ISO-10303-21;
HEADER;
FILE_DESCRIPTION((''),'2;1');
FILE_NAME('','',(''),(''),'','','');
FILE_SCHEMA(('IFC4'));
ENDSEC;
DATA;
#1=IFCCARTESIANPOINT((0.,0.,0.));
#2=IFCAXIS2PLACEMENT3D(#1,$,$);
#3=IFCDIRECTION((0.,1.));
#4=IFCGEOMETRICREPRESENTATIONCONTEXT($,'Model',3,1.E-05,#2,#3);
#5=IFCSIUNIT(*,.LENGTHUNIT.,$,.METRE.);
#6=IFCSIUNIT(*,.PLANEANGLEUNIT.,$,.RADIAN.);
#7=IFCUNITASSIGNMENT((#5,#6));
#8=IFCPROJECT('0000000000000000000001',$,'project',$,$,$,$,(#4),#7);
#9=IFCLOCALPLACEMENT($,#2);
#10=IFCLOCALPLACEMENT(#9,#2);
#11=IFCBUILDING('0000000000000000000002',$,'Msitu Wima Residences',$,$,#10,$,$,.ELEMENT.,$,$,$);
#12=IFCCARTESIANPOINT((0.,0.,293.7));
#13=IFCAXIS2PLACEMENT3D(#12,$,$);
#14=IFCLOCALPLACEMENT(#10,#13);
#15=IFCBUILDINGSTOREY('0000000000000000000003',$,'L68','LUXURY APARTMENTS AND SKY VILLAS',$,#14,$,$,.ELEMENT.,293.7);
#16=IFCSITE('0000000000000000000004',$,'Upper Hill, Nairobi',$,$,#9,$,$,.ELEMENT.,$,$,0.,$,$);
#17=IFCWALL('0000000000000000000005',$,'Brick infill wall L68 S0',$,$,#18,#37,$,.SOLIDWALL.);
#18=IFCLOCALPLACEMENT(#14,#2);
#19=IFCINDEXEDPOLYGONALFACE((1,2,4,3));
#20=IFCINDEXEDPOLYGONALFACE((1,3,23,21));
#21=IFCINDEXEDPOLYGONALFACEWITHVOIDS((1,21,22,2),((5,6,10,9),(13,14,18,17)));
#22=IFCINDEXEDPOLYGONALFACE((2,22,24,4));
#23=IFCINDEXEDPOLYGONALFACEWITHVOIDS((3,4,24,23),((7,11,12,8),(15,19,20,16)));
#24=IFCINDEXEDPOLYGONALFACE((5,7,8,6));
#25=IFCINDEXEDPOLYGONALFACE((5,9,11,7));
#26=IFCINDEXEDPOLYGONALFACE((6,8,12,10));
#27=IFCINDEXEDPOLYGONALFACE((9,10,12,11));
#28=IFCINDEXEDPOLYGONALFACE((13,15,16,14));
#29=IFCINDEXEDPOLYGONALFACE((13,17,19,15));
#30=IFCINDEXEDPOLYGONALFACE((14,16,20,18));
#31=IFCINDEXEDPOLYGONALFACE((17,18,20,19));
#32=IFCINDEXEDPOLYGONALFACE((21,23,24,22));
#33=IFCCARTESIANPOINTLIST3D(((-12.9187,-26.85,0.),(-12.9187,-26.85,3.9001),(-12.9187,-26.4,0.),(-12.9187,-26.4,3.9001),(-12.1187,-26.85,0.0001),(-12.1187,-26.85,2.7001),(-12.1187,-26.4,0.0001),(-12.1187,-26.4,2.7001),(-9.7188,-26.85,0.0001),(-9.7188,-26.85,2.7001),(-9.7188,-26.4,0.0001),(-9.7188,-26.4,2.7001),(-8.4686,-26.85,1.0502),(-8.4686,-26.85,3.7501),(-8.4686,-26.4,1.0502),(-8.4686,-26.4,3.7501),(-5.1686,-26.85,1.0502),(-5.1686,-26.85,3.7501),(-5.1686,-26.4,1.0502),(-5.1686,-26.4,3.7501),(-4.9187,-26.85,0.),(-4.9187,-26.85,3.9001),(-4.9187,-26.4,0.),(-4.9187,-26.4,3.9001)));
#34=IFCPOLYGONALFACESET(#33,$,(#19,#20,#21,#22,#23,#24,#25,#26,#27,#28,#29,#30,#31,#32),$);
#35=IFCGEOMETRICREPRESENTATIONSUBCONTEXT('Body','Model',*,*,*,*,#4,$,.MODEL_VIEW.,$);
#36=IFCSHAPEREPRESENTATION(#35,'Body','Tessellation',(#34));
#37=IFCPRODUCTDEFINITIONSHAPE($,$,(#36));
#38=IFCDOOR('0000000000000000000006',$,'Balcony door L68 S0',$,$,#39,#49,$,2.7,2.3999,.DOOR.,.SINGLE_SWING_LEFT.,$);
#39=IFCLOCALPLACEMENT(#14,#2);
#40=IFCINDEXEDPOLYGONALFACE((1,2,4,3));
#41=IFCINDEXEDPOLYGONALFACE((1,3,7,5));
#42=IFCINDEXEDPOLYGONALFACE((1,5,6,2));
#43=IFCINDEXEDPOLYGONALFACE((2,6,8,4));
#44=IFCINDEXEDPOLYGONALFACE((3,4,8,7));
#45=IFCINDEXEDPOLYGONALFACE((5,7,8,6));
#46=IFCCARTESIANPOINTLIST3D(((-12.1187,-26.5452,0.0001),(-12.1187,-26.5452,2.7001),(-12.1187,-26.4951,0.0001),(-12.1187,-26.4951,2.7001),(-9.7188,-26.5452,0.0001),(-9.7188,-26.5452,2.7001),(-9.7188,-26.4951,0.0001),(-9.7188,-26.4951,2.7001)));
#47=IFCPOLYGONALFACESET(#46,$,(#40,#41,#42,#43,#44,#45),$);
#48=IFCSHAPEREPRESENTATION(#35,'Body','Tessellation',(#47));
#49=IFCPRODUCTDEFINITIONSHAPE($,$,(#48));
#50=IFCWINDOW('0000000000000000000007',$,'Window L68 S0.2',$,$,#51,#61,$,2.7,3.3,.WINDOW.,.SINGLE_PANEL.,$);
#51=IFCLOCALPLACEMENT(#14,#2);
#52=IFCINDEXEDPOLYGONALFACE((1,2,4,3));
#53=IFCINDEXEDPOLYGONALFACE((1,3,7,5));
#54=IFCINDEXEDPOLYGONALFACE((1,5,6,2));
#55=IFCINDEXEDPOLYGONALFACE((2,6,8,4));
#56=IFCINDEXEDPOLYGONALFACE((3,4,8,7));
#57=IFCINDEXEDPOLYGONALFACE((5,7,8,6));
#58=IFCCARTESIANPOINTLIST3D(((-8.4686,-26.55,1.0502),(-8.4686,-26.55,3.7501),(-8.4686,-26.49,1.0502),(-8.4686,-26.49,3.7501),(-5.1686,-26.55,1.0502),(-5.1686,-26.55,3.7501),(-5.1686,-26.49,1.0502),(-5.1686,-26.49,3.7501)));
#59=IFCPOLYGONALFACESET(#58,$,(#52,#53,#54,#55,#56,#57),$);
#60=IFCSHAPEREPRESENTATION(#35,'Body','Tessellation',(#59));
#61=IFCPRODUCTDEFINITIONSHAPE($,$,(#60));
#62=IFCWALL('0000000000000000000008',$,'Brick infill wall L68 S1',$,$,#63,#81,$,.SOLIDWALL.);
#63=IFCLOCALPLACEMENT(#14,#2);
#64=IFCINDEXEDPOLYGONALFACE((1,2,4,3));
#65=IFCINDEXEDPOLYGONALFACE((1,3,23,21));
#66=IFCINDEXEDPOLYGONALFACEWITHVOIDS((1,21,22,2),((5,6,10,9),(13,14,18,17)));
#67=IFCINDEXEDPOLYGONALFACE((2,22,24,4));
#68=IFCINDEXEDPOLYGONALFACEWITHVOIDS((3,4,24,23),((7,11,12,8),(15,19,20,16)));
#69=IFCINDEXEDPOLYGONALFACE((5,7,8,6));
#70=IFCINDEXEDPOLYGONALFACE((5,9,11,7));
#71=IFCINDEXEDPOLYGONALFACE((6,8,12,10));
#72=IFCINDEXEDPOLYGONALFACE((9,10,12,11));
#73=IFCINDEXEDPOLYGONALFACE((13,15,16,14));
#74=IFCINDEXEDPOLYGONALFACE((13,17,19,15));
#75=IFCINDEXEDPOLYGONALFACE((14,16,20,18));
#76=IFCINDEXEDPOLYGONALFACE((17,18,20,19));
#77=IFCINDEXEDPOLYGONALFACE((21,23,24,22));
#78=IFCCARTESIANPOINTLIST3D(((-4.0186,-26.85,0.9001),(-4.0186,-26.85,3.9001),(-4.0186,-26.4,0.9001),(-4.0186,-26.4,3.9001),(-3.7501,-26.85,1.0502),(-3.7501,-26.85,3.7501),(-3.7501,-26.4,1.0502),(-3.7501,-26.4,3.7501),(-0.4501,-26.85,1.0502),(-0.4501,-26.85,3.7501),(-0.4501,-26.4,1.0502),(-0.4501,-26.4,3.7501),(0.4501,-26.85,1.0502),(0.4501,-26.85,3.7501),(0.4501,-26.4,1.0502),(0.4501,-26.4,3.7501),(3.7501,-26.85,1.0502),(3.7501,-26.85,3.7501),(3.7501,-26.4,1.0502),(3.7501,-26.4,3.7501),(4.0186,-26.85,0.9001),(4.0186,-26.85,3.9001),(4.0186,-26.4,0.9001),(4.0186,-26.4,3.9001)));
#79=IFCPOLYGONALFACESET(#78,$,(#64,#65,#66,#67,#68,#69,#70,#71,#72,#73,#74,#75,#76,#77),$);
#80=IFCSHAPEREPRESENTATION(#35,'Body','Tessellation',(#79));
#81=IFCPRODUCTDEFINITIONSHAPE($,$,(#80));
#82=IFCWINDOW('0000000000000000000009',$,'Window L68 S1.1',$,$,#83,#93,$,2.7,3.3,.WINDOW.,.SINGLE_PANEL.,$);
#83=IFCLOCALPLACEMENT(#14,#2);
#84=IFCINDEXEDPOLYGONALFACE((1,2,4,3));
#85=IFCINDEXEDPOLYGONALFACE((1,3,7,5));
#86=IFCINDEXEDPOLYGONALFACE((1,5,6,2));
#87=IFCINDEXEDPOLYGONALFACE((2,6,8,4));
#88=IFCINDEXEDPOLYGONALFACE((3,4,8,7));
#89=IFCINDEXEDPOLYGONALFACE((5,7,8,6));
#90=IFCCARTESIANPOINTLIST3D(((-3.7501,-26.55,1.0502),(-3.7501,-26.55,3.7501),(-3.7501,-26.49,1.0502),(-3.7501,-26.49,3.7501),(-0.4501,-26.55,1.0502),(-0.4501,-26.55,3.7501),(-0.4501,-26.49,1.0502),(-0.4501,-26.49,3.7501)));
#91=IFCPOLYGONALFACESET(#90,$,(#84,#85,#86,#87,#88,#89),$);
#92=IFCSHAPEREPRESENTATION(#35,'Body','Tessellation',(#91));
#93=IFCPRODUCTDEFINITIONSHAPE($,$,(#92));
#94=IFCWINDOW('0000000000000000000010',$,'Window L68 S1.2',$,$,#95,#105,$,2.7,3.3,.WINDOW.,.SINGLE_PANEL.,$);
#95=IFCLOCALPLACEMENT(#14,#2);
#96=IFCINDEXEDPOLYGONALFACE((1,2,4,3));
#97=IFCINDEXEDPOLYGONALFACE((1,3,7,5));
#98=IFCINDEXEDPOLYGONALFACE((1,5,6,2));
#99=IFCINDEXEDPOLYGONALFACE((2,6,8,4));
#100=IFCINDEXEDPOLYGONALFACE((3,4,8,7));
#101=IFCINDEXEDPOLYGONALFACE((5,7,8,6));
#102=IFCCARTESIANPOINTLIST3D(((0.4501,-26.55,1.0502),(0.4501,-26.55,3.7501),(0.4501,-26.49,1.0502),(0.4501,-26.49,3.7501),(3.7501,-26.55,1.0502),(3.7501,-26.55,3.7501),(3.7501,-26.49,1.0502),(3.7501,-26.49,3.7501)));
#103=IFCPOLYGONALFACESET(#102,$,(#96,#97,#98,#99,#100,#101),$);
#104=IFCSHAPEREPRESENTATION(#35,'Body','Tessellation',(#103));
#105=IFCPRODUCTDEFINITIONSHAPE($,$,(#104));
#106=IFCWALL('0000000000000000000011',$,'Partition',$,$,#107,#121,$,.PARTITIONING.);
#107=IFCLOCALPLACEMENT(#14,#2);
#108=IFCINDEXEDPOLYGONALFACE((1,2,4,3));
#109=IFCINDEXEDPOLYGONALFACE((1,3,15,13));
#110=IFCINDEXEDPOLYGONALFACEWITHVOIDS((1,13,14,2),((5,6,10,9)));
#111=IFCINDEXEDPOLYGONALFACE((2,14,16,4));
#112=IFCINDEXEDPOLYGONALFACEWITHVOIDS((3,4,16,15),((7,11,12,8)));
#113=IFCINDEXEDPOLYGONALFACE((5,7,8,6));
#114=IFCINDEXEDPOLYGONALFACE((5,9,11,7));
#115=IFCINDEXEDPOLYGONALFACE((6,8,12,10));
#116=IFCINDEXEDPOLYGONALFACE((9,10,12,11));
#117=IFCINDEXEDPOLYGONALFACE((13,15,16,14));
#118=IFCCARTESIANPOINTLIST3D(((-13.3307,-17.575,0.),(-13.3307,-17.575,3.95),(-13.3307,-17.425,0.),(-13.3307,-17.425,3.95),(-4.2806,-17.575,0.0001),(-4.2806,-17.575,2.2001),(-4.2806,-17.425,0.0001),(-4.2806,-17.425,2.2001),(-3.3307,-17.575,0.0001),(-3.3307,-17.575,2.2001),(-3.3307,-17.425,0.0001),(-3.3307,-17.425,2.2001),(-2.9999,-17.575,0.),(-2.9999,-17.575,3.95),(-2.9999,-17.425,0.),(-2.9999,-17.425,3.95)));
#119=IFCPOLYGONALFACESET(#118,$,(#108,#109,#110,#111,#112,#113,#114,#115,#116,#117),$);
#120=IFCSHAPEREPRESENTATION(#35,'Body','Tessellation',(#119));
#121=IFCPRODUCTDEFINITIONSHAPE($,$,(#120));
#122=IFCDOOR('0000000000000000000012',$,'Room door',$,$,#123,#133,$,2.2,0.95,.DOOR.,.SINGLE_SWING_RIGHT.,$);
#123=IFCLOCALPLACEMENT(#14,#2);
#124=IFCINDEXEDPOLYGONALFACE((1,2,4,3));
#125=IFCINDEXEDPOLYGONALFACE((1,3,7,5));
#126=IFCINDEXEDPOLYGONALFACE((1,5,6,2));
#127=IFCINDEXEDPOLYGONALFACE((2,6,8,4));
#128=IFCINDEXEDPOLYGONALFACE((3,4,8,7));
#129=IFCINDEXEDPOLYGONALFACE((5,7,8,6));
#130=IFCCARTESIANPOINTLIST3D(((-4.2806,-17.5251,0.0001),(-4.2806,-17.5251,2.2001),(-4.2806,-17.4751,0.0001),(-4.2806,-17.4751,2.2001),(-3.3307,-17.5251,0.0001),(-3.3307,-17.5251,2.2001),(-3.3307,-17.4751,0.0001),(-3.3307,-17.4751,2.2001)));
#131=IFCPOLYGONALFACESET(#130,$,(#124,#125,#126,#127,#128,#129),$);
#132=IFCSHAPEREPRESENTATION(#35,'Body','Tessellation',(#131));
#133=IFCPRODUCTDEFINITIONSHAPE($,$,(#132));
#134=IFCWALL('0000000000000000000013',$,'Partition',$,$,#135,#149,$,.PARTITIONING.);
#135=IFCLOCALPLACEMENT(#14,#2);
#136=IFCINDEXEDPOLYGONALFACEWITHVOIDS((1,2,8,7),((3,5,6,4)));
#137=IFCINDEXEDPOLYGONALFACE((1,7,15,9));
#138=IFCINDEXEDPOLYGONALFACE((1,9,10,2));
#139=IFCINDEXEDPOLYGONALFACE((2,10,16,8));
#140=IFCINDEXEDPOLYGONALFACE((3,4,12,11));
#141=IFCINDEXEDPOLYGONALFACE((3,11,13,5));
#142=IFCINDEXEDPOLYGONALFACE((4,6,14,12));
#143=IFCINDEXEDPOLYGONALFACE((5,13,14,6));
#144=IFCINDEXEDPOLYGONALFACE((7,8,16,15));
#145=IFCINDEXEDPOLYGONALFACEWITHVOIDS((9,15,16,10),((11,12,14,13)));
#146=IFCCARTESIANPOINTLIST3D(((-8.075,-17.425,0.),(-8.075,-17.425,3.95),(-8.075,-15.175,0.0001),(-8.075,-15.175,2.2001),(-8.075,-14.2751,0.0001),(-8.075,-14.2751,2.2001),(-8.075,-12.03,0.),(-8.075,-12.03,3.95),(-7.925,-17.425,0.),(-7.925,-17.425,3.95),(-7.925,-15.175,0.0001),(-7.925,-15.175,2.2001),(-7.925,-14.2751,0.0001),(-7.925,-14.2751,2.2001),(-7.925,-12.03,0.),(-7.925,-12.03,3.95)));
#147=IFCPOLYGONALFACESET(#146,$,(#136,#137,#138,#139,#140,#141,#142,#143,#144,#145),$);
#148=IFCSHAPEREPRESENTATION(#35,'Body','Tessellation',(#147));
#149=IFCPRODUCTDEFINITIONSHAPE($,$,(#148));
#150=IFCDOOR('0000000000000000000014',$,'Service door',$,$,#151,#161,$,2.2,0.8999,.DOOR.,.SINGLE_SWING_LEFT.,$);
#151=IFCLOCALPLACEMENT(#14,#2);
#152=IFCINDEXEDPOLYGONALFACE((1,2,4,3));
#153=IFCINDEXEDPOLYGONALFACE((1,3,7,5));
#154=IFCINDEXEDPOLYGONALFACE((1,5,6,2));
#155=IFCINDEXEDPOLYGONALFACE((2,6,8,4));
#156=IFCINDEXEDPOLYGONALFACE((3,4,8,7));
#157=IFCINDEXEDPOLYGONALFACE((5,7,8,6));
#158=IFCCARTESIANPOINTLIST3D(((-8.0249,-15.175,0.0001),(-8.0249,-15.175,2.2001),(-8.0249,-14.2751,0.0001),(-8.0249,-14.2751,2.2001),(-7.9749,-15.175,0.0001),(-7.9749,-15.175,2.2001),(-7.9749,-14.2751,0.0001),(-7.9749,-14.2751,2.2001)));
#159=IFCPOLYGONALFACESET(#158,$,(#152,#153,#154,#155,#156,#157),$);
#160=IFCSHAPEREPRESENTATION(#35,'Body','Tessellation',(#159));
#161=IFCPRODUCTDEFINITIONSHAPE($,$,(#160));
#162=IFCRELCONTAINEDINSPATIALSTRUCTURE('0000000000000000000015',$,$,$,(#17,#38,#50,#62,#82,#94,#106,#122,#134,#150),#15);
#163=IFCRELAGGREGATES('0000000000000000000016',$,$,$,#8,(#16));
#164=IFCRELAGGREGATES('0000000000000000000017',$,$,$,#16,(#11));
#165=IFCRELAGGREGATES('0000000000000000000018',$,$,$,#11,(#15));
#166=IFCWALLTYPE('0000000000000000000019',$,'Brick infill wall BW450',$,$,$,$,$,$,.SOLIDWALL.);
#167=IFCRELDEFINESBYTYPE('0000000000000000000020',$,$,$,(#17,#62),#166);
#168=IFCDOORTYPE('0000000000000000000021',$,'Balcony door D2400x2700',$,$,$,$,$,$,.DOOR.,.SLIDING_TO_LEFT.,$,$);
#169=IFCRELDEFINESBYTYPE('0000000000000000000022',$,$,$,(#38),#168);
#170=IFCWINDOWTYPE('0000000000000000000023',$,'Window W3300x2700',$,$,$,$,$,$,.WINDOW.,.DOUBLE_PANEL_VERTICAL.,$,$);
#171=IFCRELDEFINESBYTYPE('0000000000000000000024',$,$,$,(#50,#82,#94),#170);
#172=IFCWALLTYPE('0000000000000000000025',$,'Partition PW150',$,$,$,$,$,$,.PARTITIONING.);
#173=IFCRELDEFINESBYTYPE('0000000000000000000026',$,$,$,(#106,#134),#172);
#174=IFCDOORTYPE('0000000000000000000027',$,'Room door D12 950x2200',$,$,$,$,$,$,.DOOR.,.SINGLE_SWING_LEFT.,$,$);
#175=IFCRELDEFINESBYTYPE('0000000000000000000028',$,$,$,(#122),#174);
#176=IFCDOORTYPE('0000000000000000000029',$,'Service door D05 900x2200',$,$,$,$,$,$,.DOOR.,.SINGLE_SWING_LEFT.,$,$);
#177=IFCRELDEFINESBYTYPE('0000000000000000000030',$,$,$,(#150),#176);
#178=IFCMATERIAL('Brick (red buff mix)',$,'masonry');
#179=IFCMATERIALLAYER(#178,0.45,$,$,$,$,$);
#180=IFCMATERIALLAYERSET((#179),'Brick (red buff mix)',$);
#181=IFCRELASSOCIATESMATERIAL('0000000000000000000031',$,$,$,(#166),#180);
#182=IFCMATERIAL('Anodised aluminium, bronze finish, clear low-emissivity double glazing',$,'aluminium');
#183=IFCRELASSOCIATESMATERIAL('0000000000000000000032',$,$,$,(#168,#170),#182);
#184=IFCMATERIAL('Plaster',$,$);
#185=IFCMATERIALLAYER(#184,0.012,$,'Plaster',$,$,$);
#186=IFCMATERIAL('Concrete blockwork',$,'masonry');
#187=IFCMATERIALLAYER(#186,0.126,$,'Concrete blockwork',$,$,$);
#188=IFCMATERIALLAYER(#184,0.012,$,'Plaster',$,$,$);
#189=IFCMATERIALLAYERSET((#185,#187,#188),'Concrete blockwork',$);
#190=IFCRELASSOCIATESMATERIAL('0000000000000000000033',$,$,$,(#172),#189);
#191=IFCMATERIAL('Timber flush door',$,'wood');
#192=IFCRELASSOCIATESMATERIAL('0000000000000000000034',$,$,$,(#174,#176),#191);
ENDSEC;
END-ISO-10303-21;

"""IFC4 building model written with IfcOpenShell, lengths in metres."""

from ifc_helpers import new_model, si_unit, direction, frame, frame_2d, origin, place, context, subcontext, project, spatial, rectangle, extrude, material, layer, layer_set, type_object, element, fill, save


model = new_model("IFC4")

# Units and contexts
model_context = context("Model", 3, precision=1e-05, world=origin(), true_north=direction((0.0, 1.0)))
body_context = subcontext(model_context, "Body", "Model", "MODEL_VIEW")
ifc_project = project(units=[si_unit("LENGTHUNIT", "METRE"), si_unit("PLANEANGLEUNIT", "RADIAN")], contexts=[model_context])

# Site, building, storey
site_placement = place(None, origin())
site = spatial("IfcSite", under=ifc_project, at=site_placement, Name="Upper Hill, Nairobi", CompositionType="ELEMENT", RefElevation=0.0)
building_placement = place(site_placement, origin())
building = spatial("IfcBuilding", under=site, at=building_placement, Name="Msitu Wima Residences", CompositionType="ELEMENT")
storey_placement = place(building_placement, frame((0.0, 0.0, 293.7)))
storey = spatial("IfcBuildingStorey", under=building, at=storey_placement, Name="L68", Description="LUXURY APARTMENTS AND SKY VILLAS", CompositionType="ELEMENT", Elevation=293.7)

# Wall, openings, door, window
ifc_material_1 = material(Name="Brick (red buff mix)", Category="masonry")
ifc_layer_1 = layer(ifc_material_1, 0.45)
ifc_layer_set_1 = layer_set([ifc_layer_1], Name="Brick (red buff mix)")
wall_type_1 = type_object("IfcWallType", Name="Brick infill wall BW450", PredefinedType="SOLIDWALL", material=ifc_layer_set_1)
wall_1_placement = place(storey_placement, frame((-12.9187, -26.625, 0.0), z_axis=(0.0, 0.0, 1.0), x_axis=(1.0, 0.0, 0.0)))
wall_1 = element("IfcWall", 1, at=wall_1_placement, inside=storey, type_object=wall_type_1, Name="Brick infill wall L68 S0", PredefinedType="SOLIDWALL", context=body_context, shape_type="SweptSolid", body=[
    extrude(rectangle(XDim=8.0, YDim=0.45, at=frame_2d((4.0, 0.0))), origin(), (0.0, 0.0, 1.0), 3.9001),
])
opening_1_placement = place(wall_1_placement, frame((0.8, 0.0, 0.0)))
opening_1 = element("IfcOpeningElement", 2, at=opening_1_placement, cuts=wall_1, PredefinedType="OPENING", context=body_context, shape_type="SweptSolid", body=[
    extrude(rectangle(XDim=2.3999, YDim=2.7, at=frame_2d((1.2, 1.3501))), frame((0.0, 0.2349, 0.0), z_axis=(0.0, -1.0, 0.0), x_axis=(1.0, 0.0, 0.0)), (0.0, 0.0, 1.0), 0.47),
])
opening_2_placement = place(wall_1_placement, frame((4.4502, 0.0, 1.05)))
opening_2 = element("IfcOpeningElement", 3, at=opening_2_placement, cuts=wall_1, PredefinedType="OPENING", context=body_context, shape_type="SweptSolid", body=[
    extrude(rectangle(XDim=3.3, YDim=2.7, at=frame_2d((1.6499, 1.3501))), frame((0.0, 0.2349, 0.0), z_axis=(0.0, -1.0, 0.0), x_axis=(1.0, 0.0, 0.0)), (0.0, 0.0, 1.0), 0.47),
])
ifc_material_2 = material(Name="Anodised aluminium, bronze finish, clear low-emissivity double glazing", Category="aluminium")
door_type_1 = type_object("IfcDoorType", Name="Balcony door D2400x2700", OperationType="SLIDING_TO_LEFT", PredefinedType="DOOR", material=ifc_material_2)
door_1_placement = place(opening_1_placement, origin())
door_1 = element("IfcDoor", 4, at=door_1_placement, inside=storey, type_object=door_type_1, Name="Balcony door L68 S0", OperationType="SINGLE_SWING_LEFT", OverallHeight=2.7, OverallWidth=2.3999, PredefinedType="DOOR", context=body_context, shape_type="SweptSolid", body=[
    extrude(rectangle(XDim=2.3999, YDim=2.7, at=frame_2d((1.2, 1.3501))), frame((0.0, 0.1299, 0.0), z_axis=(0.0, -1.0, 0.0), x_axis=(1.0, 0.0, 0.0)), (0.0, 0.0, 1.0), 0.05),
])
fill(opening_1, door_1)
window_type = type_object("IfcWindowType", Name="Window W3300x2700", PartitioningType="DOUBLE_PANEL_VERTICAL", PredefinedType="WINDOW", material=ifc_material_2)
window_1_placement = place(opening_2_placement, origin())
window_1 = element("IfcWindow", 5, at=window_1_placement, inside=storey, type_object=window_type, Name="Window L68 S0.2", OverallHeight=2.7, OverallWidth=3.3, PartitioningType="SINGLE_PANEL", PredefinedType="WINDOW", context=body_context, shape_type="SweptSolid", body=[
    extrude(rectangle(XDim=3.3, YDim=2.7, at=frame_2d((1.6499, 1.3501))), frame((0.0, 0.135, 0.0), z_axis=(0.0, -1.0, 0.0), x_axis=(1.0, 0.0, 0.0)), (0.0, 0.0, 1.0), 0.0601),
])
fill(opening_2, window_1)

# Wall, openings, windows
wall_2_placement = place(storey_placement, frame((-4.0186, -26.625, 0.9001), z_axis=(0.0, 0.0, 1.0), x_axis=(1.0, 0.0, 0.0)))
wall_2 = element("IfcWall", 6, at=wall_2_placement, inside=storey, type_object=wall_type_1, Name="Brick infill wall L68 S1", PredefinedType="SOLIDWALL", context=body_context, shape_type="SweptSolid", body=[
    extrude(rectangle(XDim=8.0371, YDim=0.45, at=frame_2d((4.0186, 0.0))), origin(), (0.0, 0.0, 1.0), 3.0),
])
opening_3_placement = place(wall_2_placement, frame((0.2686, 0.0, 0.1499)))
opening_3 = element("IfcOpeningElement", 7, at=opening_3_placement, cuts=wall_2, PredefinedType="OPENING", context=body_context, shape_type="SweptSolid", body=[
    extrude(rectangle(XDim=3.3, YDim=2.7, at=frame_2d((1.6499, 1.3501))), frame((0.0, 0.2349, 0.0), z_axis=(0.0, -1.0, 0.0), x_axis=(1.0, 0.0, 0.0)), (0.0, 0.0, 1.0), 0.47),
])
opening_4_placement = place(wall_2_placement, frame((4.4688, 0.0, 0.1499)))
opening_4 = element("IfcOpeningElement", 8, at=opening_4_placement, cuts=wall_2, PredefinedType="OPENING", context=body_context, shape_type="SweptSolid", body=[
    extrude(rectangle(XDim=3.3, YDim=2.7, at=frame_2d((1.6499, 1.3501))), frame((0.0, 0.2349, 0.0), z_axis=(0.0, -1.0, 0.0), x_axis=(1.0, 0.0, 0.0)), (0.0, 0.0, 1.0), 0.47),
])
window_2_placement = place(opening_3_placement, origin())
window_2 = element("IfcWindow", 9, at=window_2_placement, inside=storey, type_object=window_type, Name="Window L68 S1.1", OverallHeight=2.7, OverallWidth=3.3, PartitioningType="SINGLE_PANEL", PredefinedType="WINDOW", context=body_context, shape_type="SweptSolid", body=[
    extrude(rectangle(XDim=3.3, YDim=2.7, at=frame_2d((1.6499, 1.3501))), frame((0.0, 0.135, 0.0), z_axis=(0.0, -1.0, 0.0), x_axis=(1.0, 0.0, 0.0)), (0.0, 0.0, 1.0), 0.0601),
])
fill(opening_3, window_2)
window_3_placement = place(opening_4_placement, origin())
window_3 = element("IfcWindow", 10, at=window_3_placement, inside=storey, type_object=window_type, Name="Window L68 S1.2", OverallHeight=2.7, OverallWidth=3.3, PartitioningType="SINGLE_PANEL", PredefinedType="WINDOW", context=body_context, shape_type="SweptSolid", body=[
    extrude(rectangle(XDim=3.3, YDim=2.7, at=frame_2d((1.6499, 1.3501))), frame((0.0, 0.135, 0.0), z_axis=(0.0, -1.0, 0.0), x_axis=(1.0, 0.0, 0.0)), (0.0, 0.0, 1.0), 0.0601),
])
fill(opening_4, window_3)

# Walls, openings, doors
ifc_material_3 = material(Name="Plaster")
ifc_layer_2 = layer(ifc_material_3, 0.012, Name="Plaster")
ifc_material_4 = material(Name="Concrete blockwork", Category="masonry")
ifc_layer_3 = layer(ifc_material_4, 0.126, Name="Concrete blockwork")
ifc_layer_4 = layer(ifc_material_3, 0.012, Name="Plaster")
ifc_layer_set_2 = layer_set([ifc_layer_2, ifc_layer_3, ifc_layer_4], Name="Concrete blockwork")
wall_type_2 = type_object("IfcWallType", Name="Partition PW150", PredefinedType="PARTITIONING", material=ifc_layer_set_2)
wall_3_placement = place(storey_placement, frame((-13.3308, -17.5, 0.0), z_axis=(0.0, 0.0, 1.0), x_axis=(1.0, 0.0, 0.0)))
wall_3 = element("IfcWall", 11, at=wall_3_placement, inside=storey, type_object=wall_type_2, Name="Partition", PredefinedType="PARTITIONING", context=body_context, shape_type="SweptSolid", body=[
    extrude(rectangle(XDim=10.3308, YDim=0.1499, at=frame_2d((5.1655, 0.0))), origin(), (0.0, 0.0, 1.0), 3.95),
])
opening_5_placement = place(wall_3_placement, frame((9.05, 0.0, 0.0)))
opening_5 = element("IfcOpeningElement", 12, at=opening_5_placement, cuts=wall_3, PredefinedType="OPENING", context=body_context, shape_type="SweptSolid", body=[
    extrude(rectangle(XDim=0.95, YDim=2.2, at=frame_2d((0.4751, 1.1001))), frame((0.0, 0.085, 0.0), z_axis=(0.0, -1.0, 0.0), x_axis=(1.0, 0.0, 0.0)), (0.0, 0.0, 1.0), 0.1699),
])
ifc_material_5 = material(Name="Timber flush door", Category="wood")
door_type_2 = type_object("IfcDoorType", Name="Room door D12 950x2200", OperationType="SINGLE_SWING_LEFT", PredefinedType="DOOR", material=ifc_material_5)
door_2_placement = place(opening_5_placement, origin())
door_2 = element("IfcDoor", 13, at=door_2_placement, inside=storey, type_object=door_type_2, Name="Room door", OperationType="SINGLE_SWING_RIGHT", OverallHeight=2.2, OverallWidth=0.95, PredefinedType="DOOR", context=body_context, shape_type="SweptSolid", body=[
    extrude(rectangle(XDim=0.95, YDim=2.2, at=frame_2d((0.4751, 1.1001))), frame((0.0, 0.0249, 0.0), z_axis=(0.0, -1.0, 0.0), x_axis=(1.0, 0.0, 0.0)), (0.0, 0.0, 1.0), 0.05),
])
fill(opening_5, door_2)
wall_4_placement = place(storey_placement, frame((-8.0, -17.425, 0.0), z_axis=(0.0, 0.0, 1.0), x_axis=(0.0, 1.0, 0.0)))
wall_4 = element("IfcWall", 14, at=wall_4_placement, inside=storey, type_object=wall_type_2, Name="Partition", PredefinedType="PARTITIONING", context=body_context, shape_type="SweptSolid", body=[
    extrude(rectangle(XDim=5.395, YDim=0.1499, at=frame_2d((2.6975, 0.0))), origin(), (0.0, 0.0, 1.0), 3.95),
])
opening_6_placement = place(wall_4_placement, frame((2.25, 0.0, 0.0)))
opening_6 = element("IfcOpeningElement", 15, at=opening_6_placement, cuts=wall_4, PredefinedType="OPENING", context=body_context, shape_type="SweptSolid", body=[
    extrude(rectangle(XDim=0.8999, YDim=2.2, at=frame_2d((0.45, 1.1001))), frame((0.0, 0.085, 0.0), z_axis=(0.0, -1.0, 0.0), x_axis=(1.0, 0.0, 0.0)), (0.0, 0.0, 1.0), 0.1699),
])
door_type_3 = type_object("IfcDoorType", Name="Service door D05 900x2200", OperationType="SINGLE_SWING_LEFT", PredefinedType="DOOR", material=ifc_material_5)
door_3_placement = place(opening_6_placement, origin())
door_3 = element("IfcDoor", 16, at=door_3_placement, inside=storey, type_object=door_type_3, Name="Service door", OperationType="SINGLE_SWING_LEFT", OverallHeight=2.2, OverallWidth=0.8999, PredefinedType="DOOR", context=body_context, shape_type="SweptSolid", body=[
    extrude(rectangle(XDim=0.8999, YDim=2.2, at=frame_2d((0.45, 1.1001))), frame((0.0, 0.0249, 0.0), z_axis=(0.0, -1.0, 0.0), x_axis=(1.0, 0.0, 0.0)), (0.0, 0.0, 1.0), 0.05),
])
fill(opening_6, door_3)

save(model, "model.ifc")
